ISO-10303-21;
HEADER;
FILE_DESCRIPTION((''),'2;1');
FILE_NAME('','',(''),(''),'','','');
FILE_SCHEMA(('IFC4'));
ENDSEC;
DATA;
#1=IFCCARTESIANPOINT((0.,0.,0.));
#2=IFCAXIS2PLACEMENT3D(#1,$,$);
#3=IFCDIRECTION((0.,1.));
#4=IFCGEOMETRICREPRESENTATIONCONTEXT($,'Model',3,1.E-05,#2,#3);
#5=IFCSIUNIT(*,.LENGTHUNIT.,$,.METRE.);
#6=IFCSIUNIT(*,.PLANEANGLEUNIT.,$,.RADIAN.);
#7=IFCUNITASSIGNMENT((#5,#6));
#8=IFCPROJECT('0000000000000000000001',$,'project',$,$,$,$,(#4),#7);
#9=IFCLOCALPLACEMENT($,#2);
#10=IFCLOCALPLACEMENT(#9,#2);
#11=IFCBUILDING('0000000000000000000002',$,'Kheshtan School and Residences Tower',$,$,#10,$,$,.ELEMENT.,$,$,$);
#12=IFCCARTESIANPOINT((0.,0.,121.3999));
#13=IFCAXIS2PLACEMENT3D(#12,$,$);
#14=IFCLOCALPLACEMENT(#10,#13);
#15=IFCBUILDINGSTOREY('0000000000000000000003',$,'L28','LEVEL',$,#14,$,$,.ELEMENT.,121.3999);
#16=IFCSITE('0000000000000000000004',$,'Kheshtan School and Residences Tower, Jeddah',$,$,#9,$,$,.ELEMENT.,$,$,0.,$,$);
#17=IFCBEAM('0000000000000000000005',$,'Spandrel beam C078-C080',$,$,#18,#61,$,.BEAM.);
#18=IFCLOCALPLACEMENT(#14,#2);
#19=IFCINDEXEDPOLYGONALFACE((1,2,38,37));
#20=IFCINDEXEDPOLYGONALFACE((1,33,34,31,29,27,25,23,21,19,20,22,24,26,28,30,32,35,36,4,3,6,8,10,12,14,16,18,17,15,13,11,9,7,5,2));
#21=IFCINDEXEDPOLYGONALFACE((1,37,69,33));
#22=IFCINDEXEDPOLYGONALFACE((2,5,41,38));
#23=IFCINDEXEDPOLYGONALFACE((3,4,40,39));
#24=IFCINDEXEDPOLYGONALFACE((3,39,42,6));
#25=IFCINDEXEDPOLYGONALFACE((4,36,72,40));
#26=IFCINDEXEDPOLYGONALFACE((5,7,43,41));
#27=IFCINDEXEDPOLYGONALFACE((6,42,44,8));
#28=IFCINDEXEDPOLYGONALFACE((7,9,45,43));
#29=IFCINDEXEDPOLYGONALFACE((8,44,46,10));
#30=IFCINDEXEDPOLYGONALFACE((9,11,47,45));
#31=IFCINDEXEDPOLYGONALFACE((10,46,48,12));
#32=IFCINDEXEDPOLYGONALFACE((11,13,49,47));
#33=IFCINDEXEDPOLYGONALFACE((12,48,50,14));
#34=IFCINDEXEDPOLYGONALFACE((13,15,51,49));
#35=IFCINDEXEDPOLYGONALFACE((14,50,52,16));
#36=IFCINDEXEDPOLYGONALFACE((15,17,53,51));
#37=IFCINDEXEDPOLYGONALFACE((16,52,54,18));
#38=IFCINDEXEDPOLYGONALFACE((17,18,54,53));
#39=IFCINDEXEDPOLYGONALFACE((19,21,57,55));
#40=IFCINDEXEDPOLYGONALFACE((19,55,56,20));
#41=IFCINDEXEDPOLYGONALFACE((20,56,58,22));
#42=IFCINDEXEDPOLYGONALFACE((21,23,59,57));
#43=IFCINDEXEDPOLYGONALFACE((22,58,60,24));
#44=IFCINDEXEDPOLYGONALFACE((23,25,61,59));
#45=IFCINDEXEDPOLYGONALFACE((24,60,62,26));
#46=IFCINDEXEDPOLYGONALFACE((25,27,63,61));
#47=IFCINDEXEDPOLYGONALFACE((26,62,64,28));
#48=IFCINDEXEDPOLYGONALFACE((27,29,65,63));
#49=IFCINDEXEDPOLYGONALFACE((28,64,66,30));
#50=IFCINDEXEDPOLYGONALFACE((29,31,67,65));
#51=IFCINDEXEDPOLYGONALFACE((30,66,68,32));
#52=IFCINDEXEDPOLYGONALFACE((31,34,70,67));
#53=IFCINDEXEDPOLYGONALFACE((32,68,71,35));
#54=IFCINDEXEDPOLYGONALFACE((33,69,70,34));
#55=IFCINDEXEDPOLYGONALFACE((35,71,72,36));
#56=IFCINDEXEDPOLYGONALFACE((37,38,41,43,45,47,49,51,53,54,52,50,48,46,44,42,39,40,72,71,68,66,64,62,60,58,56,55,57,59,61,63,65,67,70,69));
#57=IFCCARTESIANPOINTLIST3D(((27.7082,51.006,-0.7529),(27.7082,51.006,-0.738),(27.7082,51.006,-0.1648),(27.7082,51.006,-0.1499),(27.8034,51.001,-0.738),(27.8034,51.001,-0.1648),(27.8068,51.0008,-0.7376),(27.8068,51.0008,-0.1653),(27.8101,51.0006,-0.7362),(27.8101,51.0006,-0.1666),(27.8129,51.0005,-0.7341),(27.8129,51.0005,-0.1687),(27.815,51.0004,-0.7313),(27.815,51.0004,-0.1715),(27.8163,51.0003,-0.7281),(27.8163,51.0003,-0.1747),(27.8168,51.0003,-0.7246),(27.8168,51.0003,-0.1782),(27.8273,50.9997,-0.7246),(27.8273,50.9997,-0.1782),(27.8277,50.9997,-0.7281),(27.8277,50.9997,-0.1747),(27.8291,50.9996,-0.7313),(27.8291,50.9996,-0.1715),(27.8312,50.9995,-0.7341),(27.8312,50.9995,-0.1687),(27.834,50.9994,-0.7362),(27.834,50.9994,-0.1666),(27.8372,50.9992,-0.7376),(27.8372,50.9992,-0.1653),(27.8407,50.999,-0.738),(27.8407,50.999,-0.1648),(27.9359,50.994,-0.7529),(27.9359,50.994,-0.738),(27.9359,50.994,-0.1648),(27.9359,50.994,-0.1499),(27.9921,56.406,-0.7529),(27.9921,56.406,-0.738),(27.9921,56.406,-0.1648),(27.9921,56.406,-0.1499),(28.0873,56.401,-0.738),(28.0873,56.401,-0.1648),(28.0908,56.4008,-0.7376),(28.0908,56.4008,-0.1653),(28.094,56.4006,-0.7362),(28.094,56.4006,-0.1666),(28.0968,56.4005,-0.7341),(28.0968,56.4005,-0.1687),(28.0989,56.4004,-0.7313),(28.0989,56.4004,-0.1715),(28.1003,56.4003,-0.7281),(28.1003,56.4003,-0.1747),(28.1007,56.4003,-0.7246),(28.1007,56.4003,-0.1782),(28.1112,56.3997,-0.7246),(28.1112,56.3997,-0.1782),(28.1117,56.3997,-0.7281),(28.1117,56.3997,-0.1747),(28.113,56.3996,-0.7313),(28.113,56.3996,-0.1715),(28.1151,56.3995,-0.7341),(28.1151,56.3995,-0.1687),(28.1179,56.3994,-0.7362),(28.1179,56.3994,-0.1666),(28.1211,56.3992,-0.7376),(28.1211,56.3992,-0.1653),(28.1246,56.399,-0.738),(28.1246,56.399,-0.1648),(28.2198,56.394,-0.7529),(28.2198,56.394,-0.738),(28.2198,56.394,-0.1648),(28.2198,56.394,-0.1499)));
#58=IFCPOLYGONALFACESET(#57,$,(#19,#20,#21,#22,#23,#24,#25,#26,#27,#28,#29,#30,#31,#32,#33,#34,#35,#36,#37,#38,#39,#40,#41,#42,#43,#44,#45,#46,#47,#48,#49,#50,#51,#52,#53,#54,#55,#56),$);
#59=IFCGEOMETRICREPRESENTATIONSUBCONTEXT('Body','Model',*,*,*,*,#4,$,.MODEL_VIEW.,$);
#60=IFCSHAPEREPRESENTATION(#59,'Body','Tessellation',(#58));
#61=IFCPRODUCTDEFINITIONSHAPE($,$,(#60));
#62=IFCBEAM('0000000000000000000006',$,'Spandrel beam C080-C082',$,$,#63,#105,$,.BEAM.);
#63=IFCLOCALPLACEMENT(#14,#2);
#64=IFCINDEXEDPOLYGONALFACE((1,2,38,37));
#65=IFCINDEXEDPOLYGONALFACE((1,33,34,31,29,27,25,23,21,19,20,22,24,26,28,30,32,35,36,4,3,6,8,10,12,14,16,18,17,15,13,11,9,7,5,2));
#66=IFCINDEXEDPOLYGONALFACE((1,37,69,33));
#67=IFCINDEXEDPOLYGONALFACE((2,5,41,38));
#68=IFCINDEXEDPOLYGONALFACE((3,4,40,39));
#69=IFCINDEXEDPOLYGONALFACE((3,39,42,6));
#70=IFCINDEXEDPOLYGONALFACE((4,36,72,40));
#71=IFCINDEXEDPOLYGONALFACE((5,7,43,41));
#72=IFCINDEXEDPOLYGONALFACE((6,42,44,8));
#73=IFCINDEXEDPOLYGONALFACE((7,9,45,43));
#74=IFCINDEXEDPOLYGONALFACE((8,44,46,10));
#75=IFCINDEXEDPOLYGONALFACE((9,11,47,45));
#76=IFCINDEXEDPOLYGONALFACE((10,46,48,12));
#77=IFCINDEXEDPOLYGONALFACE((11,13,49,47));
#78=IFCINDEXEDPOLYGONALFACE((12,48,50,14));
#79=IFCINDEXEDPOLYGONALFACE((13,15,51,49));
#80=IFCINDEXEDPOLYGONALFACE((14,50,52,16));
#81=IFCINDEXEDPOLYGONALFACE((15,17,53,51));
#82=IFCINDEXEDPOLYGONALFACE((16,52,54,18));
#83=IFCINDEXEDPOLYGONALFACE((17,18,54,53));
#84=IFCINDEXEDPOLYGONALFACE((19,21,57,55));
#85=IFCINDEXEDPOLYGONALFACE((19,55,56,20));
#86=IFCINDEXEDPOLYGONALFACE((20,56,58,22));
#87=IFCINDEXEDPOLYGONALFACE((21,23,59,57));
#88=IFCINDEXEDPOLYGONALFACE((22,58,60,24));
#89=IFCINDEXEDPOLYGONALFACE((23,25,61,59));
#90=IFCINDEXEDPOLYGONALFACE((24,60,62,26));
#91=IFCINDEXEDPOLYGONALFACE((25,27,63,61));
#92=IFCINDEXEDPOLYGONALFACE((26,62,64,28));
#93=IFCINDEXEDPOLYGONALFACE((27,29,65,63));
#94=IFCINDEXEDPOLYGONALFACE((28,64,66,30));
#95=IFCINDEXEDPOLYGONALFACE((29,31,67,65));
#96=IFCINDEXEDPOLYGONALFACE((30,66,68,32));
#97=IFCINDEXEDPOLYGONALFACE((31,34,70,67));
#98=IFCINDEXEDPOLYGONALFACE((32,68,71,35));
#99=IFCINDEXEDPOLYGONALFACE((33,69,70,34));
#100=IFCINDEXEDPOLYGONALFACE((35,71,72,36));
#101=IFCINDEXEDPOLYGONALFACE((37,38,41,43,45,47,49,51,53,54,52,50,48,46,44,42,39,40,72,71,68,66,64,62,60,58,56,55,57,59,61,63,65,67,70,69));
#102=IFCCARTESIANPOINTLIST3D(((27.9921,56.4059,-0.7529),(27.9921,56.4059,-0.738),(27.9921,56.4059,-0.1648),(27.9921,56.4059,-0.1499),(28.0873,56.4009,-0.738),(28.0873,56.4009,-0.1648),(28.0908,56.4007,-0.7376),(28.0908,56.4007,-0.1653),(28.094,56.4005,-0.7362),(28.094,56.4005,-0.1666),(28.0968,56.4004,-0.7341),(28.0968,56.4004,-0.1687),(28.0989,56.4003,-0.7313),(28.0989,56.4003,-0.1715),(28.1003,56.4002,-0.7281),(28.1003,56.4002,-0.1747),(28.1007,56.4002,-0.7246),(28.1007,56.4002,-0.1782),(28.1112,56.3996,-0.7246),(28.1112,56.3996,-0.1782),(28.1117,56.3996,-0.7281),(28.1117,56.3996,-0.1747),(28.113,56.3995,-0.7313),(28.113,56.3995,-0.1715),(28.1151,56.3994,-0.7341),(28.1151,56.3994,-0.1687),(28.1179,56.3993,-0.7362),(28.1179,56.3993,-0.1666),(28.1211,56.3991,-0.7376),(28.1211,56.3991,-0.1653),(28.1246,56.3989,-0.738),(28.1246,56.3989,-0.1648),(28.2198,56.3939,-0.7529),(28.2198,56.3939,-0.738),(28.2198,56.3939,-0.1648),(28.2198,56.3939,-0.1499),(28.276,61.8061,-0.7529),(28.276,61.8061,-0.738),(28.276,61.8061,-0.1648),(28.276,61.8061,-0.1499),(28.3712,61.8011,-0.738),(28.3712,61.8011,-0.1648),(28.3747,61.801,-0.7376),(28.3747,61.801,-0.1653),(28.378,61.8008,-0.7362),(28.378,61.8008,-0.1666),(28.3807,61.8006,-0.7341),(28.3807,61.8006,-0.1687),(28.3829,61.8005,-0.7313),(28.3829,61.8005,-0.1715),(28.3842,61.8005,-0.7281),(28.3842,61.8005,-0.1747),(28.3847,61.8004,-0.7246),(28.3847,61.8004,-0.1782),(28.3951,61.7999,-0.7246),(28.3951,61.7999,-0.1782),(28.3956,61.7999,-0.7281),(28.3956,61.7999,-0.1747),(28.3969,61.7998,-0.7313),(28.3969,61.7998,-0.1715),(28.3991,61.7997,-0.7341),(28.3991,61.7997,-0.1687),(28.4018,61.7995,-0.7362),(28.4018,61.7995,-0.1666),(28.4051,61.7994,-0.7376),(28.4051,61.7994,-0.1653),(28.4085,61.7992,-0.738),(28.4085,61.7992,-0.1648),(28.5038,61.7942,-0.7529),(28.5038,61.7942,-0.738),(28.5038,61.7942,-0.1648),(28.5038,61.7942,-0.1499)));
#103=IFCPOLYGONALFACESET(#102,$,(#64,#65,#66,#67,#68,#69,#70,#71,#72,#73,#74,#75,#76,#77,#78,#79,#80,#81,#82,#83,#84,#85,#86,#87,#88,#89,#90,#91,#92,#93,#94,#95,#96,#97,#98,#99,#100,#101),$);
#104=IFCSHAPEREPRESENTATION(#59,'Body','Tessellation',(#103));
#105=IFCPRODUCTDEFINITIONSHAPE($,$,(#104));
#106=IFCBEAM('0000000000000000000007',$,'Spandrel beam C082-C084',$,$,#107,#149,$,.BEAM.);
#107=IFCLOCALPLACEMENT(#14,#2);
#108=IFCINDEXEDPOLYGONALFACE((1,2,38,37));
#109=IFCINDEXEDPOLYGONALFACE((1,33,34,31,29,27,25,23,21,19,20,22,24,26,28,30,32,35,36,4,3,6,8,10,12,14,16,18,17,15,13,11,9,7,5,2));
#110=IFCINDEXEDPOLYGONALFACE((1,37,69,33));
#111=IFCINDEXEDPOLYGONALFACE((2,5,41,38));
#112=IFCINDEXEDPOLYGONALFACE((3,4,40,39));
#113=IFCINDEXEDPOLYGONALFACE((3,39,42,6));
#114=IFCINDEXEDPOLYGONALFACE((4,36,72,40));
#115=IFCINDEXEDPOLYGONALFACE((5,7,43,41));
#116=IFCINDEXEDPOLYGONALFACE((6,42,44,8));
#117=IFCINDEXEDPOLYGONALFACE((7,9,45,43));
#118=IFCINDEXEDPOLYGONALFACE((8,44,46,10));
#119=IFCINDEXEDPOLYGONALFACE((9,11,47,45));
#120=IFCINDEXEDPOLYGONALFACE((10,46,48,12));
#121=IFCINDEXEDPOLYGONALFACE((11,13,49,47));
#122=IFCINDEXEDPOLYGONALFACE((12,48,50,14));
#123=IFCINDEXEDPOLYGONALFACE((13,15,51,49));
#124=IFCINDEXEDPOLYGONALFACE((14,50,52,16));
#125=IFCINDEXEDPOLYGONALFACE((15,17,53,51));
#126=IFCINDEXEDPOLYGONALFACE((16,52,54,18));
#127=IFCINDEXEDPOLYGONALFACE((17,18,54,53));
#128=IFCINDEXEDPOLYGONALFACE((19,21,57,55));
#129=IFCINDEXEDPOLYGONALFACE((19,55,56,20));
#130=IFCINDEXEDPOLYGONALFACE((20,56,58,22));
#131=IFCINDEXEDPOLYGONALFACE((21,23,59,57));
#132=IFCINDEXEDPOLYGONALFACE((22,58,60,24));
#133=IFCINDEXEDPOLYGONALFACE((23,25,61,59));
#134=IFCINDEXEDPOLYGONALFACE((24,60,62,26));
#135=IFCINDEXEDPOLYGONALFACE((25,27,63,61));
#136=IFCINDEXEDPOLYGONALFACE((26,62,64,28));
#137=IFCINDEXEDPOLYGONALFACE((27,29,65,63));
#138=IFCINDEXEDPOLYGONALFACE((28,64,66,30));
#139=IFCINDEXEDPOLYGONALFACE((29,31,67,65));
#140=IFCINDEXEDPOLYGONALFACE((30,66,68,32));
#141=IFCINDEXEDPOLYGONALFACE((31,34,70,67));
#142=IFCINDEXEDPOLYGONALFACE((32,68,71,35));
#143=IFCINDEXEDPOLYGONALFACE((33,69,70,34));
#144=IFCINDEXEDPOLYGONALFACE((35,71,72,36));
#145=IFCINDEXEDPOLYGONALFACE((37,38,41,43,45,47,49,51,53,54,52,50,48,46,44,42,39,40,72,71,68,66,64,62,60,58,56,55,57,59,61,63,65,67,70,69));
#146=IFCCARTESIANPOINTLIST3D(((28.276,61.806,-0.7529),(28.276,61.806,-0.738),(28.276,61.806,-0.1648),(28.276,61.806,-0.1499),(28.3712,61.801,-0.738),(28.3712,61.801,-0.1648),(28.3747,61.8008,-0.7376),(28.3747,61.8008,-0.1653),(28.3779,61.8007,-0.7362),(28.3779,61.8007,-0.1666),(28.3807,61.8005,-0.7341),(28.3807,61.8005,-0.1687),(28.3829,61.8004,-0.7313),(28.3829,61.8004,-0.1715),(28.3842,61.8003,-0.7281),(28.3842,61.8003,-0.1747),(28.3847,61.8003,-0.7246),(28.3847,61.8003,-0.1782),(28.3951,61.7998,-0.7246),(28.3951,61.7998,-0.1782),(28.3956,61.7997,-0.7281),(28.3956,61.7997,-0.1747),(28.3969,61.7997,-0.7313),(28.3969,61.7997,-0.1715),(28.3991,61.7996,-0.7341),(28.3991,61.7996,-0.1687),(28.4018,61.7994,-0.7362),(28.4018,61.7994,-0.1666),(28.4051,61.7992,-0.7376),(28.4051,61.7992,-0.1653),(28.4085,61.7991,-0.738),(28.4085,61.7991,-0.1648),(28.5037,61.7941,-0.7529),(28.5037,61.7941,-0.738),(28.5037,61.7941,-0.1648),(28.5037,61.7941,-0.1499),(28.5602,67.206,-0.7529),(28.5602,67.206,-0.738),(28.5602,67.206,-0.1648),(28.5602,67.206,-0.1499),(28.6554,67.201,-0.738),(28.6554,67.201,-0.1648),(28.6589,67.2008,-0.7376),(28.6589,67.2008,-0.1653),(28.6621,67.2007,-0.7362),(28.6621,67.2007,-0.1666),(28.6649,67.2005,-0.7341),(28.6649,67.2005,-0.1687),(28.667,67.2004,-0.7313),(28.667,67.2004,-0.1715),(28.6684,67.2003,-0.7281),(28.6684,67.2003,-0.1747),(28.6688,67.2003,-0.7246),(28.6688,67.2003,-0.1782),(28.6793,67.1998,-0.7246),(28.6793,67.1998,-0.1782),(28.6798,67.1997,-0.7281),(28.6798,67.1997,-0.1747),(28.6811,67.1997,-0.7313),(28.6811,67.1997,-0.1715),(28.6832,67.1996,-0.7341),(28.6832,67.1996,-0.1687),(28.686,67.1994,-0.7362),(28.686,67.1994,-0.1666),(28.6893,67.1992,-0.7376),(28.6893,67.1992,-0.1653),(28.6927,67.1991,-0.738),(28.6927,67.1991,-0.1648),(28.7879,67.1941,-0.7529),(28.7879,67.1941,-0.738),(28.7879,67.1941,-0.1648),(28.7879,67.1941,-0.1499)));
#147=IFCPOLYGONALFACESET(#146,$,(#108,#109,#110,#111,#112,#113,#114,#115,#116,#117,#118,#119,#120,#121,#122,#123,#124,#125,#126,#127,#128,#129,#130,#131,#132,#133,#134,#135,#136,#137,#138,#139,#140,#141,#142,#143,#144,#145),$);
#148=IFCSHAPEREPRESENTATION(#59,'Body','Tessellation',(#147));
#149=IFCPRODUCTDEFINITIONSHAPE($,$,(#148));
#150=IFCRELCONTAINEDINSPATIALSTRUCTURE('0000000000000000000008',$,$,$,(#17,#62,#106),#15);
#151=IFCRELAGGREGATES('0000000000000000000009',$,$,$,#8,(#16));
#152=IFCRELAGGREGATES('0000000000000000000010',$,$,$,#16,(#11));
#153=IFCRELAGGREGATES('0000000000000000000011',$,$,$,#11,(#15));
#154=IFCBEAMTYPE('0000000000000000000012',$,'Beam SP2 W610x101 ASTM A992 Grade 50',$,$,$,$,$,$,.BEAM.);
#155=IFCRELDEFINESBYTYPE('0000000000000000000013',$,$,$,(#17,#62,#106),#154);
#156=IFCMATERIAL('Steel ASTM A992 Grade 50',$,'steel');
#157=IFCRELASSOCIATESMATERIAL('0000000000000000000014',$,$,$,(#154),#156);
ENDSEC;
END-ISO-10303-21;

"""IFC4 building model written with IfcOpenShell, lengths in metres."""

from ifc_helpers import new_model, si_unit, direction, frame, origin, origin_2d, place, context, subcontext, project, spatial, i_section, extrude, material, material_profile, profile_set, type_object, element, save


model = new_model("IFC4")

# Units and contexts
model_context = context("Model", 3, precision=1e-05, world=origin(), true_north=direction((0.0, 1.0)))
body_context = subcontext(model_context, "Body", "Model", "MODEL_VIEW")
ifc_project = project(units=[si_unit("LENGTHUNIT", "METRE"), si_unit("PLANEANGLEUNIT", "RADIAN")], contexts=[model_context])

# Site, building, storey
site_placement = place(None, origin())
site = spatial("IfcSite", under=ifc_project, at=site_placement, Name="Kheshtan School and Residences Tower, Jeddah", CompositionType="ELEMENT", RefElevation=0.0)
building_placement = place(site_placement, origin())
building = spatial("IfcBuilding", under=site, at=building_placement, Name="Kheshtan School and Residences Tower", CompositionType="ELEMENT")
storey_placement = place(building_placement, frame((0.0, 0.0, 121.3999)))
storey = spatial("IfcBuildingStorey", under=building, at=storey_placement, Name="L28", Description="LEVEL", CompositionType="ELEMENT", Elevation=121.3999)

# Shared definitions
ifc_material_1 = material(Name="Steel ASTM A992 Grade 50", Category="steel")

# Beams
ifc_material_profile_1 = material_profile(ifc_material_1, i_section(OverallWidth=0.228, OverallDepth=0.603, WebThickness=0.0105, FlangeThickness=0.0149, FilletRadius=0.0134, at=origin_2d()), Name="W610x101")
ifc_profile_set_1 = profile_set([ifc_material_profile_1], Name="Steel ASTM A992 Grade 50")
beam_type_1 = type_object("IfcBeamType", Name="Beam SP2 W610x101 ASTM A992 Grade 50", PredefinedType="BEAM", material=ifc_profile_set_1)
beam_1_placement = place(storey_placement, frame((27.822, 51.0, -0.4514), z_axis=(0.052509, 0.99862, 0.0), x_axis=(-0.99862, 0.052509, 0.0)))
element("IfcBeam", 1, at=beam_1_placement, inside=storey, type_object=beam_type_1, Name="Spandrel beam C078-C080", PredefinedType="BEAM", context=body_context, shape_type="SweptSolid", body=[
    extrude(i_section(OverallWidth=0.228, OverallDepth=0.603, WebThickness=0.0105, FlangeThickness=0.0149, FilletRadius=0.0134, at=origin_2d()), origin(), (0.0, 0.0, 1.0), 5.4075),
])
beam_2_placement = place(storey_placement, frame((28.106, 56.3999, -0.4514), z_axis=(0.052507, 0.998621, 0.0), x_axis=(-0.998621, 0.052507, 0.0)))
element("IfcBeam", 2, at=beam_2_placement, inside=storey, type_object=beam_type_1, Name="Spandrel beam C080-C082", PredefinedType="BEAM", context=body_context, shape_type="SweptSolid", body=[
    extrude(i_section(OverallWidth=0.228, OverallDepth=0.603, WebThickness=0.0105, FlangeThickness=0.0149, FilletRadius=0.0134, at=origin_2d()), origin(), (0.0, 0.0, 1.0), 5.4077),
])
beam_3_placement = place(storey_placement, frame((28.3899, 61.8, -0.4514), z_axis=(0.052554, 0.998618, 0.0), x_axis=(-0.998618, 0.052554, 0.0)))
element("IfcBeam", 3, at=beam_3_placement, inside=storey, type_object=beam_type_1, Name="Spandrel beam C082-C084", PredefinedType="BEAM", context=body_context, shape_type="SweptSolid", body=[
    extrude(i_section(OverallWidth=0.228, OverallDepth=0.603, WebThickness=0.0105, FlangeThickness=0.0149, FilletRadius=0.0134, at=origin_2d()), origin(), (0.0, 0.0, 1.0), 5.4075),
])

save(model, "model.ifc")
